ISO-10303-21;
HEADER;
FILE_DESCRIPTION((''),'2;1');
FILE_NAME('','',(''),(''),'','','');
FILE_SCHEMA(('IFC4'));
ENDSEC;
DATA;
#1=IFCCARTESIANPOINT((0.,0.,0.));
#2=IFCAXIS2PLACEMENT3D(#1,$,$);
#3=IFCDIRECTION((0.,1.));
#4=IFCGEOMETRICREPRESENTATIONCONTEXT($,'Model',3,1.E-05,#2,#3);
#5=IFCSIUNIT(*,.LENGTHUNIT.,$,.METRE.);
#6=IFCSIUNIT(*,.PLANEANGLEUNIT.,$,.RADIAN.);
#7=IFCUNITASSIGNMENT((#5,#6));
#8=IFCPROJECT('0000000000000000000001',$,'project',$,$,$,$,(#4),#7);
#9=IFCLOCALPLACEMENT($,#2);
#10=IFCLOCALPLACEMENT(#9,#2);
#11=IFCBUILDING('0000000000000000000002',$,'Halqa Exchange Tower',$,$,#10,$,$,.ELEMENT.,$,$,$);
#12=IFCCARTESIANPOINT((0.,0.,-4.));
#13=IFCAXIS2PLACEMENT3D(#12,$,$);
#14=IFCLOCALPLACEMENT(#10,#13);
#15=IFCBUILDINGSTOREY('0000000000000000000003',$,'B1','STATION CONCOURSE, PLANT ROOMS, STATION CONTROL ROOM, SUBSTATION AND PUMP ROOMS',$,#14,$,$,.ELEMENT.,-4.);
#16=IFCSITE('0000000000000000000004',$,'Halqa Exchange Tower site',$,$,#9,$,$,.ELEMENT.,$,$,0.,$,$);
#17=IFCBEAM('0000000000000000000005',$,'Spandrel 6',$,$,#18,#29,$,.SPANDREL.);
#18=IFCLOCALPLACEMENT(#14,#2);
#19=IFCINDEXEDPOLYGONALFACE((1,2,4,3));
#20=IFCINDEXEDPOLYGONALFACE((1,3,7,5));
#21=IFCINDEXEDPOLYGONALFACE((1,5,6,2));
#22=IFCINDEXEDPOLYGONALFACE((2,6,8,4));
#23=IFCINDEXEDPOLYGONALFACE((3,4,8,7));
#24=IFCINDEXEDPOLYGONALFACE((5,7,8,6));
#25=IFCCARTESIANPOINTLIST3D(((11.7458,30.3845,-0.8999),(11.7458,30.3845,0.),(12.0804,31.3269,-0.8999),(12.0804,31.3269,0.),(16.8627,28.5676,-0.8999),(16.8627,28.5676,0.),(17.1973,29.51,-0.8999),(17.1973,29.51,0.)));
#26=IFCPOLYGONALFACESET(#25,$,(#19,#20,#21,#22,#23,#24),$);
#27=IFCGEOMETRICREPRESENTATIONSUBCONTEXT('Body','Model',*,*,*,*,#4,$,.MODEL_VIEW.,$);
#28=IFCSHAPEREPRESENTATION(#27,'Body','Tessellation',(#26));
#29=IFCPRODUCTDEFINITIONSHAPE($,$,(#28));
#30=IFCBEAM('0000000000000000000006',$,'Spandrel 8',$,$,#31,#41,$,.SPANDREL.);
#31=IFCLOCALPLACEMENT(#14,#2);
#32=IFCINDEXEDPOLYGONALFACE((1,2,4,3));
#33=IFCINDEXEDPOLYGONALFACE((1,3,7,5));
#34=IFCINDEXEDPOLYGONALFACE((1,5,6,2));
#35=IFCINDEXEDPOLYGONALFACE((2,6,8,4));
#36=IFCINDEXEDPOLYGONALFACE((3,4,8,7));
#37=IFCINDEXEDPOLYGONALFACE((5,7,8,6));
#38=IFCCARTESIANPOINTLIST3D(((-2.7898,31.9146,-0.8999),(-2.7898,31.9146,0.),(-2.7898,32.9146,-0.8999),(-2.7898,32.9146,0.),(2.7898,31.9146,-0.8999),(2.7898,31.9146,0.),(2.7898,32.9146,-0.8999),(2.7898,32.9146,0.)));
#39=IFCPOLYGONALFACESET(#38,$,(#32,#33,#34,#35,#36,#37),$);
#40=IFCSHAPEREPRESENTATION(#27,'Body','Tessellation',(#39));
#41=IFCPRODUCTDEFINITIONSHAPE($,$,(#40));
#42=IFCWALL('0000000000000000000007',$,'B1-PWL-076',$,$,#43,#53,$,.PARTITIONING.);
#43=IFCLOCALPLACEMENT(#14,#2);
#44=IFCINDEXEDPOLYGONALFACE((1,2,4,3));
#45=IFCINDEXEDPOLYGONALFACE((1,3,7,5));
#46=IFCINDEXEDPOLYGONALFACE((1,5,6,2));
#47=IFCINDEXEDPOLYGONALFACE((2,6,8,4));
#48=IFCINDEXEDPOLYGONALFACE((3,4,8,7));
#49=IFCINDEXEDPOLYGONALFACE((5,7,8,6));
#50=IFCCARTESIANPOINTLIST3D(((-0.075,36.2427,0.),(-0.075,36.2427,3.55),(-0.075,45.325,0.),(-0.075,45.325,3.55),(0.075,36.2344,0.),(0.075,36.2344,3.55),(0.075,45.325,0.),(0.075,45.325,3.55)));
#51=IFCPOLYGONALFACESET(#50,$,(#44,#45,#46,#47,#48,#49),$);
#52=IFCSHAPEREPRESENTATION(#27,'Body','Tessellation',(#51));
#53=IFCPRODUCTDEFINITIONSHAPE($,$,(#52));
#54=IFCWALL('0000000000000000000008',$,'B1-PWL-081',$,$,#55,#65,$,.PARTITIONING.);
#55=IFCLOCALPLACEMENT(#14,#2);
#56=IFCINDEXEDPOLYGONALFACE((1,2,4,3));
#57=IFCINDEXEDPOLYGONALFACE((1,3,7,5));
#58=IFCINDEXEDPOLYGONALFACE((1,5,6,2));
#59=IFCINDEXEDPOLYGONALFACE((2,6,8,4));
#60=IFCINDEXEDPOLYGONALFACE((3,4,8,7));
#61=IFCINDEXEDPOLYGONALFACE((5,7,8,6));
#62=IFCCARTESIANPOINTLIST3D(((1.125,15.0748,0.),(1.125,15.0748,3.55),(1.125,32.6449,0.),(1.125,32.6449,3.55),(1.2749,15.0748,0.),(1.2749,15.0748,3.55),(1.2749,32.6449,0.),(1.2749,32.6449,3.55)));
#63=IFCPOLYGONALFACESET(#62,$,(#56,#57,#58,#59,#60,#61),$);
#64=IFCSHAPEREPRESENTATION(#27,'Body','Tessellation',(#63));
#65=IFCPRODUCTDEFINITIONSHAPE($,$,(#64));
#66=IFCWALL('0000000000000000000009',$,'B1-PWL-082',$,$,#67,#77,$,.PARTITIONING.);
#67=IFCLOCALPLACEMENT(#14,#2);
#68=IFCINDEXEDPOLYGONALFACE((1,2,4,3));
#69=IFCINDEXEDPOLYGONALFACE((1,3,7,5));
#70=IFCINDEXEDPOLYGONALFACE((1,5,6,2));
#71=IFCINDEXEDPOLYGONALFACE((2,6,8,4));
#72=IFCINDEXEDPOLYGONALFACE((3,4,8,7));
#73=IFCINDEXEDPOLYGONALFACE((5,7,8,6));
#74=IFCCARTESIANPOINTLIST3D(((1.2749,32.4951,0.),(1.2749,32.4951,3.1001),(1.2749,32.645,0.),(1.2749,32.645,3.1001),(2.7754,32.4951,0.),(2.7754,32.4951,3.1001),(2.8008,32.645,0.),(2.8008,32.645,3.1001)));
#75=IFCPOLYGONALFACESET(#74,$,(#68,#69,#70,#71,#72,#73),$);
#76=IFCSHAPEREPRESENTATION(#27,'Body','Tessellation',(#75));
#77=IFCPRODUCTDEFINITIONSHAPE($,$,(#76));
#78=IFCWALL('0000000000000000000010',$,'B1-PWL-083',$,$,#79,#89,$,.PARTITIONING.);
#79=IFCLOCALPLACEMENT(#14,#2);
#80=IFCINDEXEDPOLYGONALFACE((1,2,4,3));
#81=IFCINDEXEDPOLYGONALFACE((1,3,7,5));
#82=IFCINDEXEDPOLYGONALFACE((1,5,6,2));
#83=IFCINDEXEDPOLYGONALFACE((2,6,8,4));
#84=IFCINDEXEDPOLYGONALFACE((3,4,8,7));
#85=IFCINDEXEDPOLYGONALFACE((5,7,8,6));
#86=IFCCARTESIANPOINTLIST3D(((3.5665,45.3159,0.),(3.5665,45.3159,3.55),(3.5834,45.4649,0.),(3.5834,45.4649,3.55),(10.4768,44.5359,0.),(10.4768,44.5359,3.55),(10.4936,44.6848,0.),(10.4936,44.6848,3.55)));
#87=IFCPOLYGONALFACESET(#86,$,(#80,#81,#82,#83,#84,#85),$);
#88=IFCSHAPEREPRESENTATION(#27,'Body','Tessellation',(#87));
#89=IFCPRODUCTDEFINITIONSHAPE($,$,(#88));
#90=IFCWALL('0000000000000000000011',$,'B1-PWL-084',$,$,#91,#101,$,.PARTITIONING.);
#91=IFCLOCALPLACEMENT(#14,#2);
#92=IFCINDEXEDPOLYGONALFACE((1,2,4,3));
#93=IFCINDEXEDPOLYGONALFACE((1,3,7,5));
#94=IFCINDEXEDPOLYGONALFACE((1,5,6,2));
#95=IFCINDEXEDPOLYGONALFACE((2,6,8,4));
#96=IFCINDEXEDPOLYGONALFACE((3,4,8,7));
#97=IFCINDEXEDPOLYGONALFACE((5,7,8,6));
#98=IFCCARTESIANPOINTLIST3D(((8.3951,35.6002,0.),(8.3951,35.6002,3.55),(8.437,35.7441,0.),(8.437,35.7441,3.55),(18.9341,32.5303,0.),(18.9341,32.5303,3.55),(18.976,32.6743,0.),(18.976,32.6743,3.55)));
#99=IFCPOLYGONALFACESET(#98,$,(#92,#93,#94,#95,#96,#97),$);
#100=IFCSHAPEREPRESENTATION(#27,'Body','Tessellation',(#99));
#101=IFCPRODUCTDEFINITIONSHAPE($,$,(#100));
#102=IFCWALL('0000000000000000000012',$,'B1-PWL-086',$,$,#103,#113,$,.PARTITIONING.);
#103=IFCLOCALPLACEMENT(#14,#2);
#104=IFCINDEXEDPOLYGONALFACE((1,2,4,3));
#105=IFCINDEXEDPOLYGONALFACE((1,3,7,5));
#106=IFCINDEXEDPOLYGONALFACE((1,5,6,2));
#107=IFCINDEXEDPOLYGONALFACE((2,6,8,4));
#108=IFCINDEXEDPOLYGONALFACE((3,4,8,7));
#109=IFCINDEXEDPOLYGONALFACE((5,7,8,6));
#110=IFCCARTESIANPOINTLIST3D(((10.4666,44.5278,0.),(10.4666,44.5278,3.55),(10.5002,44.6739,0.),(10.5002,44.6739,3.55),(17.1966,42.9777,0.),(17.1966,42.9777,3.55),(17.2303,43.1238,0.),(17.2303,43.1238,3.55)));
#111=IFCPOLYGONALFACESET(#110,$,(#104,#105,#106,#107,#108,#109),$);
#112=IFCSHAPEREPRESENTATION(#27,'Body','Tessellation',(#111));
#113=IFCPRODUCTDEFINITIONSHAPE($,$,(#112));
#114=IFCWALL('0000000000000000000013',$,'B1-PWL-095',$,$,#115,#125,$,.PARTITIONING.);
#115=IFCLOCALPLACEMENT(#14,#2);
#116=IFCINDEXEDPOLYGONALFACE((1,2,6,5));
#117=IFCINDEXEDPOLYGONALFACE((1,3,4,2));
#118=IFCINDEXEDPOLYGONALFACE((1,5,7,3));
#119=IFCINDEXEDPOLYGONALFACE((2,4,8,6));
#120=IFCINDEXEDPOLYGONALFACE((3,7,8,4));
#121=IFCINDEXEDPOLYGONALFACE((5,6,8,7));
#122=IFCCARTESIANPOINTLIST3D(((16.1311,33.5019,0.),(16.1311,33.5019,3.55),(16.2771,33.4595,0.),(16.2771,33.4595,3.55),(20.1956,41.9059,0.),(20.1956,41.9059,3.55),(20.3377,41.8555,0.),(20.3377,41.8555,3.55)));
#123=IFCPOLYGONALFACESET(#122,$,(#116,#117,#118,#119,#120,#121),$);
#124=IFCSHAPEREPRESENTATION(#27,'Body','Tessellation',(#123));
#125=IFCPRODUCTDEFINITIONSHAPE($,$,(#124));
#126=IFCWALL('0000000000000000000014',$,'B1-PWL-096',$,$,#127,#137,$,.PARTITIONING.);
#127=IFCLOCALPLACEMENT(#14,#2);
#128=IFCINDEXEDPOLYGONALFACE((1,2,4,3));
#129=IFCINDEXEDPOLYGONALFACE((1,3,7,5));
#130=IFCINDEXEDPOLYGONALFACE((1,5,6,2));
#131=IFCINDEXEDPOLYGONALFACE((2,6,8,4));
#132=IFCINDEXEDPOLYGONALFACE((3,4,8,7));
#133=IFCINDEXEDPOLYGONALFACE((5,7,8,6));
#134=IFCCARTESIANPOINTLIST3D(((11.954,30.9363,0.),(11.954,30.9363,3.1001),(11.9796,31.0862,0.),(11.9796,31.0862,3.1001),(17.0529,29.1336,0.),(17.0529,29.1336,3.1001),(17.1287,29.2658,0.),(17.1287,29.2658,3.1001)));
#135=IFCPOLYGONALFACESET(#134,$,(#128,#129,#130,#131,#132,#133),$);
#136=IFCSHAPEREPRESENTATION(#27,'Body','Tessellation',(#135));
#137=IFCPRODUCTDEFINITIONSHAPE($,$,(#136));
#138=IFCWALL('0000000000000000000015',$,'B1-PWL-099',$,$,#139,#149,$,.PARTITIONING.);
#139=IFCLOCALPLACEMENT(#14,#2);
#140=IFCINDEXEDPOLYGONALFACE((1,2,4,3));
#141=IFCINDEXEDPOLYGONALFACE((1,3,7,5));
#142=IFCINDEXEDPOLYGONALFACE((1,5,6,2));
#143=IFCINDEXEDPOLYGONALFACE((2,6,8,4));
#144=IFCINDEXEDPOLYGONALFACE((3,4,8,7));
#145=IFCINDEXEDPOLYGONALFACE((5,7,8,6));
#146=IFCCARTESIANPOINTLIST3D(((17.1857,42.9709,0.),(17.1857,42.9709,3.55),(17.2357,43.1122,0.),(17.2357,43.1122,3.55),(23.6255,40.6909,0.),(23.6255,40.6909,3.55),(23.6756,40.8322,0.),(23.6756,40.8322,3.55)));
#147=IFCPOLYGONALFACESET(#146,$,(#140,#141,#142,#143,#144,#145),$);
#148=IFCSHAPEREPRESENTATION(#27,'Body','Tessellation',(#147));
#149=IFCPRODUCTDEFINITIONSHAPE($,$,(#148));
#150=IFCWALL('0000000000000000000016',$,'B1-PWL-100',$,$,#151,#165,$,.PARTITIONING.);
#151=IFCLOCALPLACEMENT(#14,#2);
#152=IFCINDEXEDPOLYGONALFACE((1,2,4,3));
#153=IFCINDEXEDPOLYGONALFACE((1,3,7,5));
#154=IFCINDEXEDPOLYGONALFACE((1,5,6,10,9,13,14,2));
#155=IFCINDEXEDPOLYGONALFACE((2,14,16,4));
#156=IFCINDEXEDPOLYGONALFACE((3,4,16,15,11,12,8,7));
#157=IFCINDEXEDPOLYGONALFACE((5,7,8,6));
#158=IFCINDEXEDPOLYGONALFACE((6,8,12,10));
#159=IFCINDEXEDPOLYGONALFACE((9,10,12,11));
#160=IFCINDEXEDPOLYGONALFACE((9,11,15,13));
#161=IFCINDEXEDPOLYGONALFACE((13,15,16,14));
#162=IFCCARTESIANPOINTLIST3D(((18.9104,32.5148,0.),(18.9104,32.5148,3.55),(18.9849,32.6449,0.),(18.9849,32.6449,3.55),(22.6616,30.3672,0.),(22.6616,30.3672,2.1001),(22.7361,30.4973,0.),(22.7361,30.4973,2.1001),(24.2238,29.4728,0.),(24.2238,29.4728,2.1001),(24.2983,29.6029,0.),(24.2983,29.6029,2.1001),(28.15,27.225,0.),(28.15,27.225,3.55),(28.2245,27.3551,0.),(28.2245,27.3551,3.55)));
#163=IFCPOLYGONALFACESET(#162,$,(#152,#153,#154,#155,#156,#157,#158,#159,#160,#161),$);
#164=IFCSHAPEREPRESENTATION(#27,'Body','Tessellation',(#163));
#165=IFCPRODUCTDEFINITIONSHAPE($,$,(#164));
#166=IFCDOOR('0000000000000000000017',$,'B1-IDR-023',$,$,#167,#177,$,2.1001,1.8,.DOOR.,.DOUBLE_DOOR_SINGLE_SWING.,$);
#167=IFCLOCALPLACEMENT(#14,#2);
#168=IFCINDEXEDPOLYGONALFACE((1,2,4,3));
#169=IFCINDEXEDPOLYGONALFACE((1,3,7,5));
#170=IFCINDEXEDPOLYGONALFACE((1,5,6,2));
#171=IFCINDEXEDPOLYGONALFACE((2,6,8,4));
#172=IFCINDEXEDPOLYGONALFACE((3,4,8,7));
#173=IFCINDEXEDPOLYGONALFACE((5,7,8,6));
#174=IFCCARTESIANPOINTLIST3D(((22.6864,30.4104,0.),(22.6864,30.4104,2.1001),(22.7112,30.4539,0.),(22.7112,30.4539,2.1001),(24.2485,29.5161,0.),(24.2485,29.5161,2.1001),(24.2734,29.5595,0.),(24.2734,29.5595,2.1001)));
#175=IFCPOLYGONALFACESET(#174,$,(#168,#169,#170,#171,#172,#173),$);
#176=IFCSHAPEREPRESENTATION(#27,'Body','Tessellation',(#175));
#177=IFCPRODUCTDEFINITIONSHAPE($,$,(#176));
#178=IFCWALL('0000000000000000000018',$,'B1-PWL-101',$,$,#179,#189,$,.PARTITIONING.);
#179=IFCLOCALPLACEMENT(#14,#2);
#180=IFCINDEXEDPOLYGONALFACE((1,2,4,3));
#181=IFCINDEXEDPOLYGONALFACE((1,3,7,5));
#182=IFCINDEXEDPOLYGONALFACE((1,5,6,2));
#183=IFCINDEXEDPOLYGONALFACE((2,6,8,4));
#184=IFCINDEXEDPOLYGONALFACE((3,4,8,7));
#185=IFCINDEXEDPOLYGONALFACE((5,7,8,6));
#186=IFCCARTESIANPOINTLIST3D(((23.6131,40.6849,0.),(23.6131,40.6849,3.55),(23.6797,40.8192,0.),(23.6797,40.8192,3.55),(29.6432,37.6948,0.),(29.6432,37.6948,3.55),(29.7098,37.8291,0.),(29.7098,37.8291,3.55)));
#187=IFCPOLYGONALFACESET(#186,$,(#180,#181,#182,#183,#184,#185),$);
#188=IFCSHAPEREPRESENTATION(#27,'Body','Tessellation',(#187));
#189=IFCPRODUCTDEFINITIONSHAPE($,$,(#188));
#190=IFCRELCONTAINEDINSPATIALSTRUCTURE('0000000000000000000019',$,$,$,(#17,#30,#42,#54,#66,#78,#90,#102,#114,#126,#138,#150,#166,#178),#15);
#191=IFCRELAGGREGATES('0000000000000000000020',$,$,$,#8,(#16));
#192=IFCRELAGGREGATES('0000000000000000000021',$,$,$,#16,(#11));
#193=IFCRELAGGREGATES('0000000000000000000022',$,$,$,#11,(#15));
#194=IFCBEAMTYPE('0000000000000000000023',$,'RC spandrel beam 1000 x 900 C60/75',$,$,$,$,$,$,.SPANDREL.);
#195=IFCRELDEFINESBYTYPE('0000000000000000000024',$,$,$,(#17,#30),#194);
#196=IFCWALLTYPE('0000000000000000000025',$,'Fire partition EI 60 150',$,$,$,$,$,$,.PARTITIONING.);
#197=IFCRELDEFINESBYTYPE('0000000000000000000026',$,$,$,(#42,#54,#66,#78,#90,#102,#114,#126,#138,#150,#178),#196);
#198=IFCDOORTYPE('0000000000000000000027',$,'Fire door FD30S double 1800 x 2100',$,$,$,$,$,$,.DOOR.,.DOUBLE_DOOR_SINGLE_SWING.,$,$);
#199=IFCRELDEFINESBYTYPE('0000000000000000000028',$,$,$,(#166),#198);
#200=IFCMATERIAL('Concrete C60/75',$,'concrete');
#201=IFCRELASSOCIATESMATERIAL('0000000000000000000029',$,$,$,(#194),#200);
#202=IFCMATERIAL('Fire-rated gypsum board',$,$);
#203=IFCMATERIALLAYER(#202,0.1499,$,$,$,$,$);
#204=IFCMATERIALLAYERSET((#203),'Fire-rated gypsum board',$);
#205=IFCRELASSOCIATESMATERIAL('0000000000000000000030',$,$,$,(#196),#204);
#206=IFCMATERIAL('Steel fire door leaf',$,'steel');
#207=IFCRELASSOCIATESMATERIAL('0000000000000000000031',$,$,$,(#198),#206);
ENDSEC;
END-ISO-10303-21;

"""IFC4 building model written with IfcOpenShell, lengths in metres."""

from ifc_helpers import new_model, si_unit, direction, frame, frame_2d, origin, origin_2d, place, context, subcontext, project, spatial, polyline, rectangle, outline, extrude, material, layer, layer_set, material_profile, profile_set, type_object, element, fill, save


model = new_model("IFC4")

# Units and contexts
model_context = context("Model", 3, precision=1e-05, world=origin(), true_north=direction((0.0, 1.0)))
body_context = subcontext(model_context, "Body", "Model", "MODEL_VIEW")
ifc_project = project(units=[si_unit("LENGTHUNIT", "METRE"), si_unit("PLANEANGLEUNIT", "RADIAN")], contexts=[model_context])

# Site, building, storey
site_placement = place(None, origin())
site = spatial("IfcSite", under=ifc_project, at=site_placement, Name="Halqa Exchange Tower site", CompositionType="ELEMENT", RefElevation=0.0)
building_placement = place(site_placement, origin())
building = spatial("IfcBuilding", under=site, at=building_placement, Name="Halqa Exchange Tower", CompositionType="ELEMENT")
storey_placement = place(building_placement, frame((0.0, 0.0, -4.0)))
storey = spatial("IfcBuildingStorey", under=building, at=storey_placement, Name="B1", Description="STATION CONCOURSE, PLANT ROOMS, STATION CONTROL ROOM, SUBSTATION AND PUMP ROOMS", CompositionType="ELEMENT", Elevation=-4.0)

# Shared definitions
ifc_material_1 = material(Name="Concrete C60/75", Category="concrete")

# Beams
ifc_material_profile_1 = material_profile(ifc_material_1, rectangle(XDim=1.0, YDim=0.8999, at=origin_2d()), Name="1000 x 900")
ifc_profile_set_1 = profile_set([ifc_material_profile_1], Name="Concrete C60/75")
beam_type_1 = type_object("IfcBeamType", Name="RC spandrel beam 1000 x 900 C60/75", PredefinedType="SPANDREL", material=ifc_profile_set_1)
beam_1_placement = place(storey_placement, frame((17.03, 29.0388, -0.45), z_axis=(-0.942358, 0.334607, 0.0), x_axis=(-0.334607, -0.942358, 0.0)))
element("IfcBeam", 1, at=beam_1_placement, inside=storey, type_object=beam_type_1, Name="Spandrel 6", PredefinedType="SPANDREL", context=body_context, shape_type="SweptSolid", body=[
    extrude(rectangle(XDim=1.0, YDim=0.8999, at=origin_2d()), origin(), (0.0, 0.0, 1.0), 5.4299),
])
beam_2_placement = place(storey_placement, frame((2.7898, 32.4146, -0.45), z_axis=(-1.0, 0.0, 0.0), x_axis=(0.0, -1.0, 0.0)))
element("IfcBeam", 2, at=beam_2_placement, inside=storey, type_object=beam_type_1, Name="Spandrel 8", PredefinedType="SPANDREL", context=body_context, shape_type="SweptSolid", body=[
    extrude(rectangle(XDim=1.0, YDim=0.8999, at=origin_2d()), origin(), (0.0, 0.0, 1.0), 5.5796),
])

# Walls
ifc_material_2 = material(Name="Fire-rated gypsum board")
ifc_layer_1 = layer(ifc_material_2, 0.1499)
ifc_layer_set_1 = layer_set([ifc_layer_1], Name="Fire-rated gypsum board")
wall_type_1 = type_object("IfcWallType", Name="Fire partition EI 60 150", PredefinedType="PARTITIONING", material=ifc_layer_set_1)
wall_1_placement = place(storey_placement, frame((0.0, 36.2385, 0.0), z_axis=(0.0, 0.0, 1.0), x_axis=(0.0, 1.0, 0.0)))
element("IfcWall", 3, at=wall_1_placement, inside=storey, type_object=wall_type_1, Name="B1-PWL-076", PredefinedType="PARTITIONING", context=body_context, shape_type="SweptSolid", body=[
    extrude(outline(polyline([(-0.0042, -0.075), (9.0864, -0.075), (9.0864, 0.075), (0.0042, 0.075), (-0.0042, -0.075)])), origin(), (0.0, 0.0, 1.0), 3.55),
])
wall_2_placement = place(storey_placement, frame((1.2, 32.645, 0.0), z_axis=(0.0, 0.0, 1.0), x_axis=(0.0, -1.0, 0.0)))
element("IfcWall", 4, at=wall_2_placement, inside=storey, type_object=wall_type_1, Name="B1-PWL-081", PredefinedType="PARTITIONING", context=body_context, shape_type="SweptSolid", body=[
    extrude(rectangle(XDim=17.5701, YDim=0.1499, at=frame_2d((8.7852, 0.0))), origin(), (0.0, 0.0, 1.0), 3.55),
])
wall_3_placement = place(storey_placement, frame((2.7881, 32.5701, 0.0), z_axis=(0.0, 0.0, 1.0), x_axis=(-1.0, 0.0, 0.0)))
element("IfcWall", 5, at=wall_3_placement, inside=storey, type_object=wall_type_1, Name="B1-PWL-082", PredefinedType="PARTITIONING", context=body_context, shape_type="SweptSolid", body=[
    extrude(outline(polyline([(-0.0127, -0.075), (1.5132, -0.075), (1.5132, 0.075), (0.0127, 0.075), (-0.0127, -0.075)])), origin(), (0.0, 0.0, 1.0), 3.1001),
])
wall_4_placement = place(storey_placement, frame((3.575, 45.3904, 0.0), z_axis=(0.0, 0.0, 1.0), x_axis=(0.993689, -0.112169, 0.0)))
element("IfcWall", 6, at=wall_4_placement, inside=storey, type_object=wall_type_1, Name="B1-PWL-083", PredefinedType="PARTITIONING", context=body_context, shape_type="SweptSolid", body=[
    extrude(rectangle(XDim=6.9541, YDim=0.1499, at=frame_2d((3.4771, 0.0))), origin(), (0.0, 0.0, 1.0), 3.55),
])
wall_5_placement = place(storey_placement, frame((8.416, 35.6721, 0.0), z_axis=(0.0, 0.0, 1.0), x_axis=(0.9601, -0.279658, 0.0)))
element("IfcWall", 7, at=wall_5_placement, inside=storey, type_object=wall_type_1, Name="B1-PWL-084", PredefinedType="PARTITIONING", context=body_context, shape_type="SweptSolid", body=[
    extrude(rectangle(XDim=10.9771, YDim=0.1499, at=frame_2d((5.4885, 0.0))), origin(), (0.0, 0.0, 1.0), 3.55),
])
wall_6_placement = place(storey_placement, frame((10.4834, 44.6008, 0.0), z_axis=(0.0, 0.0, 1.0), x_axis=(0.974487, -0.224444, 0.0)))
element("IfcWall", 8, at=wall_6_placement, inside=storey, type_object=wall_type_1, Name="B1-PWL-086", PredefinedType="PARTITIONING", context=body_context, shape_type="SweptSolid", body=[
    extrude(rectangle(XDim=6.9062, YDim=0.1499, at=frame_2d((3.4531, 0.0))), origin(), (0.0, 0.0, 1.0), 3.55),
])
wall_7_placement = place(storey_placement, frame((16.2041, 33.4807, 0.0), z_axis=(0.0, 0.0, 1.0), x_axis=(0.43539, 0.900242, 0.0)))
element("IfcWall", 9, at=wall_7_placement, inside=storey, type_object=wall_type_1, Name="B1-PWL-095", PredefinedType="PARTITIONING", context=body_context, shape_type="SweptSolid", body=[
    extrude(outline(polyline([(0.0127, -0.075), (9.3391, -0.075), (9.3225, 0.075), (-0.0127, 0.075), (0.0127, -0.075)])), origin(), (0.0, 0.0, 1.0), 3.55),
])
wall_8_placement = place(storey_placement, frame((17.0908, 29.1997, 0.0), z_axis=(0.0, 0.0, 1.0), x_axis=(-0.942814, 0.333318, 0.0)))
element("IfcWall", 10, at=wall_8_placement, inside=storey, type_object=wall_type_1, Name="B1-PWL-096", PredefinedType="PARTITIONING", context=body_context, shape_type="SweptSolid", body=[
    extrude(outline(polyline([(-0.0137, -0.075), (5.4478, -0.075), (5.4219, 0.075), (0.0137, 0.075), (-0.0137, -0.075)])), origin(), (0.0, 0.0, 1.0), 3.1001),
])
wall_9_placement = place(storey_placement, frame((17.2107, 43.0415, 0.0), z_axis=(0.0, 0.0, 1.0), x_axis=(0.942663, -0.333745, 0.0)))
element("IfcWall", 11, at=wall_9_placement, inside=storey, type_object=wall_type_1, Name="B1-PWL-099", PredefinedType="PARTITIONING", context=body_context, shape_type="SweptSolid", body=[
    extrude(rectangle(XDim=6.8315, YDim=0.1499, at=frame_2d((3.4158, 0.0))), origin(), (0.0, 0.0, 1.0), 3.55),
])

# Wall, opening, door
wall_10_placement = place(storey_placement, frame((18.9478, 32.5798, 0.0), z_axis=(0.0, 0.0, 1.0), x_axis=(0.867835, -0.496852, 0.0)))
wall_10 = element("IfcWall", 12, at=wall_10_placement, inside=storey, type_object=wall_type_1, Name="B1-PWL-100", PredefinedType="PARTITIONING", context=body_context, shape_type="SweptSolid", body=[
    extrude(rectangle(XDim=10.6467, YDim=0.1499, at=frame_2d((5.3232, 0.0))), origin(), (0.0, 0.0, 1.0), 3.55),
])
opening_1_placement = place(wall_10_placement, frame((4.3225, 0.0, 0.0)))
opening_1 = element("IfcOpeningElement", 13, at=opening_1_placement, cuts=wall_10, PredefinedType="OPENING", context=body_context, shape_type="SweptSolid", body=[
    extrude(rectangle(XDim=1.8, YDim=2.1001, at=frame_2d((0.8999, 1.05))), frame((0.0, 0.0869, 0.0), z_axis=(0.0, -1.0, 0.0), x_axis=(1.0, 0.0, 0.0)), (0.0, 0.0, 1.0), 0.1738),
])
ifc_material_3 = material(Name="Steel fire door leaf", Category="steel")
door_type_1 = type_object("IfcDoorType", Name="Fire door FD30S double 1800 x 2100", OperationType="DOUBLE_DOOR_SINGLE_SWING", PredefinedType="DOOR", material=ifc_material_3)
door_1_placement = place(opening_1_placement, origin())
door_1 = element("IfcDoor", 14, at=door_1_placement, inside=storey, type_object=door_type_1, Name="B1-IDR-023", OperationType="DOUBLE_DOOR_SINGLE_SWING", OverallHeight=2.1001, OverallWidth=1.8, PredefinedType="DOOR", context=body_context, shape_type="SweptSolid", body=[
    extrude(rectangle(XDim=1.8, YDim=2.1001, at=frame_2d((0.8999, 1.05))), frame((0.0, 0.0249, 0.0), z_axis=(0.0, -1.0, 0.0), x_axis=(1.0, 0.0, 0.0)), (0.0, 0.0, 1.0), 0.05),
])
fill(opening_1, door_1)

# Wall
wall_11_placement = place(storey_placement, frame((23.6465, 40.752, 0.0), z_axis=(0.0, 0.0, 1.0), x_axis=(0.895909, -0.444237, 0.0)))
element("IfcWall", 15, at=wall_11_placement, inside=storey, type_object=wall_type_1, Name="B1-PWL-101", PredefinedType="PARTITIONING", context=body_context, shape_type="SweptSolid", body=[
    extrude(rectangle(XDim=6.7307, YDim=0.1499, at=frame_2d((3.3652, 0.0))), origin(), (0.0, 0.0, 1.0), 3.55),
])

save(model, "model.ifc")
